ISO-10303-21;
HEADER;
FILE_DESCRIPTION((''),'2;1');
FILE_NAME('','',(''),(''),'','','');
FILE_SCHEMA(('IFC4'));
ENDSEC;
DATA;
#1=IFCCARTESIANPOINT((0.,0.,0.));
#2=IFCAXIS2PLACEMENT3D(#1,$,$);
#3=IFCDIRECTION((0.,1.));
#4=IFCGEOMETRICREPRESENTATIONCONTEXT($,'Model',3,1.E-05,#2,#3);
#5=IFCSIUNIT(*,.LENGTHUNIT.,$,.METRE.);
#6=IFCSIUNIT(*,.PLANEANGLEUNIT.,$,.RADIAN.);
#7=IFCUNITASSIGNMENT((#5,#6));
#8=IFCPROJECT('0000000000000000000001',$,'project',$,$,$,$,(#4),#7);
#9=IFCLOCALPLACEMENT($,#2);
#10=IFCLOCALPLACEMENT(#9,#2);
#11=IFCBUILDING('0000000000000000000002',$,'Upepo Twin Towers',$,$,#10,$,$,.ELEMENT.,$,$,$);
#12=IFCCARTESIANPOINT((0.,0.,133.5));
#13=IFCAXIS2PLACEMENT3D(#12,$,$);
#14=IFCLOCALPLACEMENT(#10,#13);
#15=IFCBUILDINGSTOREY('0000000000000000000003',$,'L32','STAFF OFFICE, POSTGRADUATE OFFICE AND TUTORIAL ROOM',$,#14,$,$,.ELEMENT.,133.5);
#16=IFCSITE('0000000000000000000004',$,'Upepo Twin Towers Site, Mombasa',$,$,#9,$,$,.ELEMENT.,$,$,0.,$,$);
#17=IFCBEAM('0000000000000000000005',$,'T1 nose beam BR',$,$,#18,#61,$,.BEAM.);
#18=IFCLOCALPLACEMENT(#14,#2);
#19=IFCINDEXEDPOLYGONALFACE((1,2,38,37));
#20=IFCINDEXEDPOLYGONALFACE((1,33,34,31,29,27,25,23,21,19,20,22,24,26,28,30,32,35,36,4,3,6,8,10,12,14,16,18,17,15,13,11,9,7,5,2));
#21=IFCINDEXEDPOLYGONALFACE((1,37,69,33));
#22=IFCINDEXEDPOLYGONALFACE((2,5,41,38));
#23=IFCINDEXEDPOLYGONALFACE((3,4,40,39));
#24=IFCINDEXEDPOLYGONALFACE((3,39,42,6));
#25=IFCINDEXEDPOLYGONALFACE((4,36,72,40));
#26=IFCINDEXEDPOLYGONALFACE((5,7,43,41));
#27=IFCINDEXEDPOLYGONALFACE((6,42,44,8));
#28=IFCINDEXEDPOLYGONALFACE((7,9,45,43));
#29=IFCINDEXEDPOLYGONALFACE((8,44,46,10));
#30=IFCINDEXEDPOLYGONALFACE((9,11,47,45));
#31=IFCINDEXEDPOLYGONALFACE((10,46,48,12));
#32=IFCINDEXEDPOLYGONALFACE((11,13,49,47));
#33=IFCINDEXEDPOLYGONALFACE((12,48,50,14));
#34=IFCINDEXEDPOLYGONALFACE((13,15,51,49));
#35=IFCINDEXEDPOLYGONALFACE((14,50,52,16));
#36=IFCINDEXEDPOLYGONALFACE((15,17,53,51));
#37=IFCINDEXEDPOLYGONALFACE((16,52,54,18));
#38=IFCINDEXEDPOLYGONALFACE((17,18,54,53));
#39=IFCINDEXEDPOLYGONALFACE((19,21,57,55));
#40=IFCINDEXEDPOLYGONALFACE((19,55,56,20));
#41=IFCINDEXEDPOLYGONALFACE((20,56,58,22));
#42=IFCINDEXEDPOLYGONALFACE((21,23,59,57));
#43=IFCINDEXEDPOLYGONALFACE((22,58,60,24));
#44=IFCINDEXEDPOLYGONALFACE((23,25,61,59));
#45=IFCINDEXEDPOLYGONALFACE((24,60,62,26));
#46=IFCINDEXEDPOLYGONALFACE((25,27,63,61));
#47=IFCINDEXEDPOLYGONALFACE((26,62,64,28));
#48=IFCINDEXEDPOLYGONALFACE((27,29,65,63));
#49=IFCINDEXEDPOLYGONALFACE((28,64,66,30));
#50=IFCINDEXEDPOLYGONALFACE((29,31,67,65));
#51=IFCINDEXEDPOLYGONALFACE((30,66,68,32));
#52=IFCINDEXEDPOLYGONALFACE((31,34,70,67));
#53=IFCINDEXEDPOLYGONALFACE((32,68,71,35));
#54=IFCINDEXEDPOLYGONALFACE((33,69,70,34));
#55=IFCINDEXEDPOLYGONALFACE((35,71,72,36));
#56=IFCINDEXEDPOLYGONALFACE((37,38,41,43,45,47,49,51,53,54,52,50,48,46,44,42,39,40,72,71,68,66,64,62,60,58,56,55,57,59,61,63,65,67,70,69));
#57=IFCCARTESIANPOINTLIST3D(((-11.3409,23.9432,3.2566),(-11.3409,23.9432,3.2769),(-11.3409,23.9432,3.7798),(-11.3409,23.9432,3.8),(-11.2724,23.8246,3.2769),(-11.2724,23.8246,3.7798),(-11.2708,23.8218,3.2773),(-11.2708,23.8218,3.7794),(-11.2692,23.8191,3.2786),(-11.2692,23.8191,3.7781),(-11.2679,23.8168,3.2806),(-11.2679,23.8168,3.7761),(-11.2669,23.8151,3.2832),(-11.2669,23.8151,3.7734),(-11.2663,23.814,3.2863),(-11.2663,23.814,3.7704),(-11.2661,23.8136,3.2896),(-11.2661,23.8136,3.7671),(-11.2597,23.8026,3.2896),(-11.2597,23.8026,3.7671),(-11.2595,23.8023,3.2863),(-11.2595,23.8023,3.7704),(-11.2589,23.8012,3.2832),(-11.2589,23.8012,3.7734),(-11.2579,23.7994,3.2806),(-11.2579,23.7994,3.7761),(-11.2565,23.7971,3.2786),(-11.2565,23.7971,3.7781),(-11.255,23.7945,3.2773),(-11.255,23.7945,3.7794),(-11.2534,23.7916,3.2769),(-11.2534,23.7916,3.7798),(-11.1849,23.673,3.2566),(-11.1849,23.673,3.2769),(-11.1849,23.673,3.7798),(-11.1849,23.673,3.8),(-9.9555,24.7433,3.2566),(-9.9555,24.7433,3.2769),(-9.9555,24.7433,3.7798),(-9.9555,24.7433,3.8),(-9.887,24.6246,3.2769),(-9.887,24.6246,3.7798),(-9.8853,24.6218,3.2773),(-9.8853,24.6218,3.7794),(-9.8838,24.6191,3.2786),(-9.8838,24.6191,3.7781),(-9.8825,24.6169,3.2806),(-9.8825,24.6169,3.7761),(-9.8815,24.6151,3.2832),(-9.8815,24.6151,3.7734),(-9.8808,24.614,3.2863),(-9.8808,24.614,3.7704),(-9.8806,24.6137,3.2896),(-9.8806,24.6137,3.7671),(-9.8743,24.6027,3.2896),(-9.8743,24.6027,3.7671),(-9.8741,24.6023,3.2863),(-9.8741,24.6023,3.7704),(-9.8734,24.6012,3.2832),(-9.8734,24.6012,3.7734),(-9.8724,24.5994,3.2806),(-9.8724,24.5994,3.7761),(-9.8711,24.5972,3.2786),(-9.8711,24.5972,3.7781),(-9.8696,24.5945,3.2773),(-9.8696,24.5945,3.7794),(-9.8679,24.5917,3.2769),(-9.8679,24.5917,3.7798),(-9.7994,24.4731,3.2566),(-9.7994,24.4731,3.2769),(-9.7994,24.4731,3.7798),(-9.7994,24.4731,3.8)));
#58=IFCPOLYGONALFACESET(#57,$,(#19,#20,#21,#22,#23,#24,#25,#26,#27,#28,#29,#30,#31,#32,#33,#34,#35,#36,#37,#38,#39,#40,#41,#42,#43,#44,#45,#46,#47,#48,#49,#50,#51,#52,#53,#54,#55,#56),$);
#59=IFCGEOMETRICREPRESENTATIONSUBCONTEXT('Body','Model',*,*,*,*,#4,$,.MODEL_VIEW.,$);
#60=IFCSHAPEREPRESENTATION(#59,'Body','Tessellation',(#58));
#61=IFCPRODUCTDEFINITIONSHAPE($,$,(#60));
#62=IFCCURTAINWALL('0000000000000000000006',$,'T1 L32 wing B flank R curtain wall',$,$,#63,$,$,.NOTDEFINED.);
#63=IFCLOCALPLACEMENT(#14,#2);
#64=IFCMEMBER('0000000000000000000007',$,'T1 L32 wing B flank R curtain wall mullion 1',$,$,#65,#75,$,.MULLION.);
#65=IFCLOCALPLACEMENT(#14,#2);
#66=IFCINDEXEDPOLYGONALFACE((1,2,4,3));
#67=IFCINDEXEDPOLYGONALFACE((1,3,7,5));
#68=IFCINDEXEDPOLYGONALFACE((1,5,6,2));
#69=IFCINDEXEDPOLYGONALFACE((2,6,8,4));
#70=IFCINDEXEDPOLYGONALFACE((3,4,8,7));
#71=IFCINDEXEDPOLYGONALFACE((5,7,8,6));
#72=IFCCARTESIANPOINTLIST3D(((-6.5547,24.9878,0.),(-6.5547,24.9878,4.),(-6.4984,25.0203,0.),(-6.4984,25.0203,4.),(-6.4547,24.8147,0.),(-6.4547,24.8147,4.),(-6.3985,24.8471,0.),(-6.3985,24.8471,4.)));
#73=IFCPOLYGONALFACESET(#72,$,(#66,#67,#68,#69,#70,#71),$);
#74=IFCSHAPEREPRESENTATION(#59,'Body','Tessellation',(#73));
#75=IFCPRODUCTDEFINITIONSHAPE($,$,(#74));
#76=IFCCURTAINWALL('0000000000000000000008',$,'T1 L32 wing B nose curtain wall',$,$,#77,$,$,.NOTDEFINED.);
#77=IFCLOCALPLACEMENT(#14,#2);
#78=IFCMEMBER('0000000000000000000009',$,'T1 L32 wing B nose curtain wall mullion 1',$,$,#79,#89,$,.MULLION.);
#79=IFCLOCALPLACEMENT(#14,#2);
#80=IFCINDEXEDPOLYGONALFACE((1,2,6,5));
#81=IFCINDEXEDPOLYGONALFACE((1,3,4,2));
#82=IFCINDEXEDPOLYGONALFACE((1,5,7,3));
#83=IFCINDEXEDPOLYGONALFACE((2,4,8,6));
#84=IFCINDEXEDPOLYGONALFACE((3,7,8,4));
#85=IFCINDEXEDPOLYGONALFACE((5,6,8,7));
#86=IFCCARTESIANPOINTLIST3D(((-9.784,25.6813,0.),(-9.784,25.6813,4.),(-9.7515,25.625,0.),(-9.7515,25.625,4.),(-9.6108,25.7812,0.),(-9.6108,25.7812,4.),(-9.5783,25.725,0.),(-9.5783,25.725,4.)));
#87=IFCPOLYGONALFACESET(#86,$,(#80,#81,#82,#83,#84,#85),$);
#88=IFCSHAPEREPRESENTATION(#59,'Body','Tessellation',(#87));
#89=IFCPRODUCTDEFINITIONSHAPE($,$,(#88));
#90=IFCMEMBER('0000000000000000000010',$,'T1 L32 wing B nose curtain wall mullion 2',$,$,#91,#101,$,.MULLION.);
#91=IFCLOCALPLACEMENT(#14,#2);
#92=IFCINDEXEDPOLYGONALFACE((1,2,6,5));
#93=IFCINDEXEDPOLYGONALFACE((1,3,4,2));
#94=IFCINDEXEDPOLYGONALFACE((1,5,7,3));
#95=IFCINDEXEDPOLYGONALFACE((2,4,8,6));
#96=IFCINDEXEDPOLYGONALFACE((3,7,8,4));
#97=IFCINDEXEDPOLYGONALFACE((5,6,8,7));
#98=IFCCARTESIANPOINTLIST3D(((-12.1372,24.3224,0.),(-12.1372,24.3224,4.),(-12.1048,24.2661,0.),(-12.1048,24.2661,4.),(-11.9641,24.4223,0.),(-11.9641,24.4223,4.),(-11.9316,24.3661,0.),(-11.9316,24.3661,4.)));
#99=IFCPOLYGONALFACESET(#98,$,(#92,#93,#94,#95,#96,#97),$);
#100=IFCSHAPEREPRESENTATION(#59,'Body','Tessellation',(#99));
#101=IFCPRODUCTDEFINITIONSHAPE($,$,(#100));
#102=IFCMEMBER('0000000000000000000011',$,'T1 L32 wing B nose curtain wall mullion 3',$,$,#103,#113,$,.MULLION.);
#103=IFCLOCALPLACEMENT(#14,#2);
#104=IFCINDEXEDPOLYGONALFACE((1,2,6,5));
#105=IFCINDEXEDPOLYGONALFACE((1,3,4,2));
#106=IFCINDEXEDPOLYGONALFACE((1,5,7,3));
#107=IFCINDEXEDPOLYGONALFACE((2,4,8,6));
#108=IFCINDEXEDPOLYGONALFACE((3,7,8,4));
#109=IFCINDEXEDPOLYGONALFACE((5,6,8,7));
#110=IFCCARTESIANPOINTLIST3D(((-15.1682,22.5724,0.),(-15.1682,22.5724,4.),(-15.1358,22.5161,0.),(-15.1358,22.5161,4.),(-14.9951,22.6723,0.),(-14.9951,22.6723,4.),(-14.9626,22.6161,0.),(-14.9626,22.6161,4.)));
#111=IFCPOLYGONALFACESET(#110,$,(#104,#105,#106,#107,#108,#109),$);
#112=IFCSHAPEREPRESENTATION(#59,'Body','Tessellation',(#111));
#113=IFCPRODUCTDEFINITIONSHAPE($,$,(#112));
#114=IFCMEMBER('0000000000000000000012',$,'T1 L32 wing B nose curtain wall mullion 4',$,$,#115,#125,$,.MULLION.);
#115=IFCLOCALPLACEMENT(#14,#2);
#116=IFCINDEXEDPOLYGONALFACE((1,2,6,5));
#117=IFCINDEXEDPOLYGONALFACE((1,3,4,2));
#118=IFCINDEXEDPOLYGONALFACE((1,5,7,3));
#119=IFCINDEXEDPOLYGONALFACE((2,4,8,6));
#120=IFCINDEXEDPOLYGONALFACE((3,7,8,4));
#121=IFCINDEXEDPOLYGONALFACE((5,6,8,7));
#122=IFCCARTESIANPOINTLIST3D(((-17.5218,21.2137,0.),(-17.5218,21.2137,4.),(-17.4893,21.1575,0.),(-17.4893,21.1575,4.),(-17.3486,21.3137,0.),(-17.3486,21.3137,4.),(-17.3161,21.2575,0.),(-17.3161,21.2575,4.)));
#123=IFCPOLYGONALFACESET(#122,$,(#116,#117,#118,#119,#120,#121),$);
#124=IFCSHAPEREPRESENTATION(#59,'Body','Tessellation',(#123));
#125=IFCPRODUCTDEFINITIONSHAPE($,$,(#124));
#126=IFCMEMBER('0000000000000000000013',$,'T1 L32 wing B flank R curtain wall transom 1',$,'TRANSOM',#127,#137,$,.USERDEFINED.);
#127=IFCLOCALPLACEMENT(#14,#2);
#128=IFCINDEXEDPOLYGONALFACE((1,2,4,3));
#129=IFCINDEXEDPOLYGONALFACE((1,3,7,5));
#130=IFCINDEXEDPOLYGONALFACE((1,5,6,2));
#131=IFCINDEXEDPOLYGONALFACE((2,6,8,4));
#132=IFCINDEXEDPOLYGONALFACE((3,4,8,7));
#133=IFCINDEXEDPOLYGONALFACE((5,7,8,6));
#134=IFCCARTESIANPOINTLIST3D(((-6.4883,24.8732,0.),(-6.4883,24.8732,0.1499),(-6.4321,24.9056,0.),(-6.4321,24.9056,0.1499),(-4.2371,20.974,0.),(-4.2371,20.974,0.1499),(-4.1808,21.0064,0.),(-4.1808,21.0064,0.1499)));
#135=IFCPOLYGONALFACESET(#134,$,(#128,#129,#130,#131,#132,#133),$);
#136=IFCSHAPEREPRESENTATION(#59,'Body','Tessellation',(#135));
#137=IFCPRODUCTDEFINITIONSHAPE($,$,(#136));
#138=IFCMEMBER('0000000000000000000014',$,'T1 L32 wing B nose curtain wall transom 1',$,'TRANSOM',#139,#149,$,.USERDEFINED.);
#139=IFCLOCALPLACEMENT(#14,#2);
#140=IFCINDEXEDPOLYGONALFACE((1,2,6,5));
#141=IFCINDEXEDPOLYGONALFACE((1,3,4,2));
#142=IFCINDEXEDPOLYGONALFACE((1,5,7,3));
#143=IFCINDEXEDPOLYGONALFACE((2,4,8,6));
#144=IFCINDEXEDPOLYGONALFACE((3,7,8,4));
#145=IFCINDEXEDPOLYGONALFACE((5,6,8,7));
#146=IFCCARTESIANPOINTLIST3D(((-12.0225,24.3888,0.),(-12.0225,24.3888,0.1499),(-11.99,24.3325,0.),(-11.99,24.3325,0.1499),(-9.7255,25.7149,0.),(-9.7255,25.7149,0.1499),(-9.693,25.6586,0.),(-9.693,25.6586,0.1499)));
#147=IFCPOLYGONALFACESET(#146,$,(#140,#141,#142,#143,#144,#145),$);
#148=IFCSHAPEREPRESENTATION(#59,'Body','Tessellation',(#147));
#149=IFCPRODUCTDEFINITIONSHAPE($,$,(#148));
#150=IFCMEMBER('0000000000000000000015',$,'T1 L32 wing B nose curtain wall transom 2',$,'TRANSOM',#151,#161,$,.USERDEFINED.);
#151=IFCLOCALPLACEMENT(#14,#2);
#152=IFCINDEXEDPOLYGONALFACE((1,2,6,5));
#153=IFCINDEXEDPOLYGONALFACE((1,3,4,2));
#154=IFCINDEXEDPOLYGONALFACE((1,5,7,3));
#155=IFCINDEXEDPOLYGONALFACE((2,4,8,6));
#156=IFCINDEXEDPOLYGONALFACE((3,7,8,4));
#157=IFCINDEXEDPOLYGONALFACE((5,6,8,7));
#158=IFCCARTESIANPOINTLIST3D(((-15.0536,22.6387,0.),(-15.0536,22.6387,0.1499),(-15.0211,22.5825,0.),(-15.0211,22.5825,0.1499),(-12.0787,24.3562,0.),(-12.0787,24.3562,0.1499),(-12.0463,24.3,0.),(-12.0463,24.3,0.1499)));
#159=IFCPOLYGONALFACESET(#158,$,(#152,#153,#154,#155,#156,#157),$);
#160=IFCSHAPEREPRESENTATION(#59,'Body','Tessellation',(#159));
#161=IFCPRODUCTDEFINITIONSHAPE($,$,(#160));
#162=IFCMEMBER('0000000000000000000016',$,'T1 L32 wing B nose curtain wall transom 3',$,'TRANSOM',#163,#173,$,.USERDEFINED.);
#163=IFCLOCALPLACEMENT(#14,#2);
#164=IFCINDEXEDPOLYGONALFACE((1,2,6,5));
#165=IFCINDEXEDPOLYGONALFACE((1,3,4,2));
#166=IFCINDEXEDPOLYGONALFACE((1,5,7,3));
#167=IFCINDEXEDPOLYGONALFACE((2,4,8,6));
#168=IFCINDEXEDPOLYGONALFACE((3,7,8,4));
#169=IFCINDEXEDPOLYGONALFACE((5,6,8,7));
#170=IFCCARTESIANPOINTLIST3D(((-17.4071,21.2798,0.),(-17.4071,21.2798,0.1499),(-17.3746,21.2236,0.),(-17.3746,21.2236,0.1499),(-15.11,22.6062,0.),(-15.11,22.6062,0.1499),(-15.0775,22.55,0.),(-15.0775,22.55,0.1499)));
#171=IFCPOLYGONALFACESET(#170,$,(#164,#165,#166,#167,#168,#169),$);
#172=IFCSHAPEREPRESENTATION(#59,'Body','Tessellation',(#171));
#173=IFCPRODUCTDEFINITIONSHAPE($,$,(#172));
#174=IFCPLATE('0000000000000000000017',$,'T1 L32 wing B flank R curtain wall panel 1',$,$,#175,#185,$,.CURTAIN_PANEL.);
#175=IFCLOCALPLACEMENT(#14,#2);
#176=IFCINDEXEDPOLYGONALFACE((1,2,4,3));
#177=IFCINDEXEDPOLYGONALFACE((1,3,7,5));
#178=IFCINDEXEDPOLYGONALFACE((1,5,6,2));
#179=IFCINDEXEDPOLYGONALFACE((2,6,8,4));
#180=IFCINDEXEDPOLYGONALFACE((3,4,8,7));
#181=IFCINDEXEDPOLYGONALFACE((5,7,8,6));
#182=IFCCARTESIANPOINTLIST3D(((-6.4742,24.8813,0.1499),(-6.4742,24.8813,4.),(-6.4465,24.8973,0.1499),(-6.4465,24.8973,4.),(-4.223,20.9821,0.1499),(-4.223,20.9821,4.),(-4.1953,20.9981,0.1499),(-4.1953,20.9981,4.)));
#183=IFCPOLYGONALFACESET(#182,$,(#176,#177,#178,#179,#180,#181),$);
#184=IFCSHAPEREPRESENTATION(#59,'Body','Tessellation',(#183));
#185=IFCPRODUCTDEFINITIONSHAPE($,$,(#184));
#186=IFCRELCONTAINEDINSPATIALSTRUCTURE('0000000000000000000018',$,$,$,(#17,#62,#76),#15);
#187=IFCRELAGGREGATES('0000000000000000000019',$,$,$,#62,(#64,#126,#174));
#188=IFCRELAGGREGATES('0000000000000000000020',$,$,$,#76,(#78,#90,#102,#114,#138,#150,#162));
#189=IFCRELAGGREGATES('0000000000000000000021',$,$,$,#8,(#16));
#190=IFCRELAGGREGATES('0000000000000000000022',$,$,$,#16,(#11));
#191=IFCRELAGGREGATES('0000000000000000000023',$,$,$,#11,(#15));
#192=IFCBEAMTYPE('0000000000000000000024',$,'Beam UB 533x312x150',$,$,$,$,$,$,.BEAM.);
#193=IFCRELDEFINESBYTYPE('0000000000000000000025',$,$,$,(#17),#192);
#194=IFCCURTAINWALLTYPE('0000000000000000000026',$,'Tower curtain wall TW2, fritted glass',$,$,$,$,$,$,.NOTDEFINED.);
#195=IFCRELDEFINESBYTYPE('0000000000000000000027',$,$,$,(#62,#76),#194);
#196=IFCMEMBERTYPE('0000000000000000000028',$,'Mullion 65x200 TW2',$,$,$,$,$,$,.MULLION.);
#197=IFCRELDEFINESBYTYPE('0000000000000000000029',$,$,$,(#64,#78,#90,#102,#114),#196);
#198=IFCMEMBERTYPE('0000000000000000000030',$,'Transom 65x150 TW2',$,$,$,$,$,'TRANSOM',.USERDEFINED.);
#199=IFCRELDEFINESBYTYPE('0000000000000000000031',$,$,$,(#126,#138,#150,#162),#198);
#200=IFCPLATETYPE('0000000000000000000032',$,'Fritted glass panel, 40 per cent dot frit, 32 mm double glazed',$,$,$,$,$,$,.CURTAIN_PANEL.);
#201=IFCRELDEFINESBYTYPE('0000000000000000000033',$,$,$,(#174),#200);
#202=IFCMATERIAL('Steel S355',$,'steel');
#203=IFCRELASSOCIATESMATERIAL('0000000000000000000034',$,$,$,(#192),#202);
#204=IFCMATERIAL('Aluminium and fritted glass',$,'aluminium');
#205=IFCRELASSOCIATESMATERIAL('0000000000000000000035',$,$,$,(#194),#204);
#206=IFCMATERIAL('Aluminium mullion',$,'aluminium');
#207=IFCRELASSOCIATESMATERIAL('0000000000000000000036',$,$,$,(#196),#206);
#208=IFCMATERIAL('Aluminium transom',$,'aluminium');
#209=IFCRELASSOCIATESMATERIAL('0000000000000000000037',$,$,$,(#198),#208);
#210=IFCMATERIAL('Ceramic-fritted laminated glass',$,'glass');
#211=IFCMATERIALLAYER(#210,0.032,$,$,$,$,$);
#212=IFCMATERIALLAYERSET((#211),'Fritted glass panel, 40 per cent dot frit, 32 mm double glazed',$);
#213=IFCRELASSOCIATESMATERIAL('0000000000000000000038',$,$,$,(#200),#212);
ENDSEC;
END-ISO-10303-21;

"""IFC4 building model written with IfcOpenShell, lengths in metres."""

from ifc_helpers import new_model, si_unit, direction, frame, origin, origin_2d, place, context, subcontext, project, spatial, rectangle, i_section, extrude, material, layer, layer_set, material_profile, profile_set, type_object, element, aggregate, save


model = new_model("IFC4")

# Units and contexts
model_context = context("Model", 3, precision=1e-05, world=origin(), true_north=direction((0.0, 1.0)))
body_context = subcontext(model_context, "Body", "Model", "MODEL_VIEW")
ifc_project = project(units=[si_unit("LENGTHUNIT", "METRE"), si_unit("PLANEANGLEUNIT", "RADIAN")], contexts=[model_context])

# Site, building, storey
site_placement = place(None, origin())
site = spatial("IfcSite", under=ifc_project, at=site_placement, Name="Upepo Twin Towers Site, Mombasa", CompositionType="ELEMENT", RefElevation=0.0)
building_placement = place(site_placement, origin())
building = spatial("IfcBuilding", under=site, at=building_placement, Name="Upepo Twin Towers", CompositionType="ELEMENT")
storey_placement = place(building_placement, frame((0.0, 0.0, 133.5)))
storey = spatial("IfcBuildingStorey", under=building, at=storey_placement, Name="L32", Description="STAFF OFFICE, POSTGRADUATE OFFICE AND TUTORIAL ROOM", CompositionType="ELEMENT", Elevation=133.5)

# Beam
ifc_material_1 = material(Name="Steel S355", Category="steel")
ifc_material_profile_1 = material_profile(ifc_material_1, i_section(OverallWidth=0.312, OverallDepth=0.5435, WebThickness=0.0127, FlangeThickness=0.0203, FilletRadius=0.0127, at=origin_2d()), Name="UB 533x312x150")
ifc_profile_set_1 = profile_set([ifc_material_profile_1], Name="Steel S355")
beam_type_1 = type_object("IfcBeamType", Name="Beam UB 533x312x150", PredefinedType="BEAM", material=ifc_profile_set_1)
for number, where, z_axis, x_axis, name in (
    (1, (-9.8774, 24.6082, 3.5283), (-0.86599, -0.500061, 0.0), (0.500061, -0.86599, 0.0), "T1 nose beam BR"),
):
    element("IfcBeam", number, at=place(storey_placement, frame(where, z_axis=z_axis, x_axis=x_axis)), inside=storey, type_object=beam_type_1, Name=name, PredefinedType="BEAM", context=body_context, shape_type="SweptSolid", body=[
        extrude(i_section(OverallWidth=0.312, OverallDepth=0.5435, WebThickness=0.0127, FlangeThickness=0.0203, FilletRadius=0.0127, at=origin_2d()), origin(), (0.0, 0.0, 1.0), 1.5999),
    ])

# Curtain wall, member
ifc_material_2 = material(Name="Aluminium and fritted glass", Category="aluminium")
curtain_wall_type = type_object("IfcCurtainWallType", Name="Tower curtain wall TW2, fritted glass", PredefinedType="NOTDEFINED", material=ifc_material_2)
curtain_wall_1_placement = place(storey_placement, origin())
curtain_wall_1 = element("IfcCurtainWall", 2, at=curtain_wall_1_placement, inside=storey, type_object=curtain_wall_type, Name="T1 L32 wing B flank R curtain wall", PredefinedType="NOTDEFINED")
ifc_material_3 = material(Name="Aluminium mullion", Category="aluminium")
ifc_material_profile_2 = material_profile(ifc_material_3, rectangle(XDim=0.0649, YDim=0.2, at=origin_2d()), Name="MULLION 65x200")
ifc_profile_set_2 = profile_set([ifc_material_profile_2], Name="Aluminium mullion")
member_type_1 = type_object("IfcMemberType", Name="Mullion 65x200 TW2", PredefinedType="MULLION", material=ifc_profile_set_2)
member_1_placement = place(storey_placement, frame((-6.4766, 24.9175, 0.0), z_axis=(0.0, 0.0, 1.0), x_axis=(0.866025, 0.5, 0.0)))
member_1 = element("IfcMember", 3, at=member_1_placement, type_object=member_type_1, Name="T1 L32 wing B flank R curtain wall mullion 1", PredefinedType="MULLION", context=body_context, shape_type="SweptSolid", body=[
    extrude(rectangle(XDim=0.0649, YDim=0.2, at=origin_2d()), origin(), (0.0, 0.0, 1.0), 4.0),
])

# Curtain wall, members
curtain_wall_2_placement = place(storey_placement, origin())
curtain_wall_2 = element("IfcCurtainWall", 4, at=curtain_wall_2_placement, inside=storey, type_object=curtain_wall_type, Name="T1 L32 wing B nose curtain wall", PredefinedType="NOTDEFINED")
member_2_placement = place(storey_placement, frame((-9.6812, 25.7031, 0.0), z_axis=(0.0, 0.0, 1.0), x_axis=(0.5, -0.866025, 0.0)))
member_2 = element("IfcMember", 5, at=member_2_placement, type_object=member_type_1, Name="T1 L32 wing B nose curtain wall mullion 1", PredefinedType="MULLION", context=body_context, shape_type="SweptSolid", body=[
    extrude(rectangle(XDim=0.0649, YDim=0.2, at=origin_2d()), origin(), (0.0, 0.0, 1.0), 4.0),
])
member_3_placement = place(storey_placement, frame((-12.0344, 24.3442, 0.0), z_axis=(0.0, 0.0, 1.0), x_axis=(0.5, -0.866025, 0.0)))
member_3 = element("IfcMember", 6, at=member_3_placement, type_object=member_type_1, Name="T1 L32 wing B nose curtain wall mullion 2", PredefinedType="MULLION", context=body_context, shape_type="SweptSolid", body=[
    extrude(rectangle(XDim=0.0649, YDim=0.2, at=origin_2d()), origin(), (0.0, 0.0, 1.0), 4.0),
])
member_4_placement = place(storey_placement, frame((-15.0654, 22.5942, 0.0), z_axis=(0.0, 0.0, 1.0), x_axis=(0.5, -0.866025, 0.0)))
member_4 = element("IfcMember", 7, at=member_4_placement, type_object=member_type_1, Name="T1 L32 wing B nose curtain wall mullion 3", PredefinedType="MULLION", context=body_context, shape_type="SweptSolid", body=[
    extrude(rectangle(XDim=0.0649, YDim=0.2, at=origin_2d()), origin(), (0.0, 0.0, 1.0), 4.0),
])
member_5_placement = place(storey_placement, frame((-17.4189, 21.2356, 0.0), z_axis=(0.0, 0.0, 1.0), x_axis=(0.5, -0.866025, 0.0)))
member_5 = element("IfcMember", 8, at=member_5_placement, type_object=member_type_1, Name="T1 L32 wing B nose curtain wall mullion 4", PredefinedType="MULLION", context=body_context, shape_type="SweptSolid", body=[
    extrude(rectangle(XDim=0.0649, YDim=0.2, at=origin_2d()), origin(), (0.0, 0.0, 1.0), 4.0),
])

# Members
ifc_material_4 = material(Name="Aluminium transom", Category="aluminium")
ifc_material_profile_3 = material_profile(ifc_material_4, rectangle(XDim=0.0649, YDim=0.1499, at=origin_2d()), Name="TRANSOM 65x150")
ifc_profile_set_3 = profile_set([ifc_material_profile_3], Name="Aluminium transom")
member_type_2 = type_object("IfcMemberType", Name="Transom 65x150 TW2", ElementType="TRANSOM", PredefinedType="USERDEFINED", material=ifc_profile_set_3)
member_6_placement = place(storey_placement, frame((-6.4602, 24.8894, 0.075), z_axis=(0.500006, -0.866022, 0.0), x_axis=(0.866022, 0.500006, 0.0)))
member_6 = element("IfcMember", 9, at=member_6_placement, type_object=member_type_2, Name="T1 L32 wing B flank R curtain wall transom 1", ObjectType="TRANSOM", PredefinedType="USERDEFINED", context=body_context, shape_type="SweptSolid", body=[
    extrude(rectangle(XDim=0.0649, YDim=0.1499, at=origin_2d()), origin(), (0.0, 0.0, 1.0), 4.5024),
])
member_7_placement = place(storey_placement, frame((-9.7092, 25.6868, 0.075), z_axis=(-0.866037, -0.49998, 0.0), x_axis=(0.49998, -0.866037, 0.0)))
member_7 = element("IfcMember", 10, at=member_7_placement, type_object=member_type_2, Name="T1 L32 wing B nose curtain wall transom 1", ObjectType="TRANSOM", PredefinedType="USERDEFINED", context=body_context, shape_type="SweptSolid", body=[
    extrude(rectangle(XDim=0.0649, YDim=0.1499, at=origin_2d()), origin(), (0.0, 0.0, 1.0), 2.6523),
])
member_8_placement = place(storey_placement, frame((-12.0625, 24.3281, 0.075), z_axis=(-0.866026, -0.499999, 0.0), x_axis=(0.499999, -0.866026, 0.0)))
member_8 = element("IfcMember", 11, at=member_8_placement, type_object=member_type_2, Name="T1 L32 wing B nose curtain wall transom 2", ObjectType="TRANSOM", PredefinedType="USERDEFINED", context=body_context, shape_type="SweptSolid", body=[
    extrude(rectangle(XDim=0.0649, YDim=0.1499, at=origin_2d()), origin(), (0.0, 0.0, 1.0), 3.4351),
])
member_9_placement = place(storey_placement, frame((-15.0938, 22.5781, 0.075), z_axis=(-0.865997, -0.500049, 0.0), x_axis=(0.500049, -0.865997, 0.0)))
member_9 = element("IfcMember", 12, at=member_9_placement, type_object=member_type_2, Name="T1 L32 wing B nose curtain wall transom 3", ObjectType="TRANSOM", PredefinedType="USERDEFINED", context=body_context, shape_type="SweptSolid", body=[
    extrude(rectangle(XDim=0.0649, YDim=0.1499, at=origin_2d()), origin(), (0.0, 0.0, 1.0), 2.6526),
])

# Plate
ifc_material_5 = material(Name="Ceramic-fritted laminated glass", Category="glass")
ifc_layer_1 = layer(ifc_material_5, 0.032)
ifc_layer_set_1 = layer_set([ifc_layer_1], Name="Fritted glass panel, 40 per cent dot frit, 32 mm double glazed")
plate_type_1 = type_object("IfcPlateType", Name="Fritted glass panel, 40 per cent dot frit, 32 mm double glazed", PredefinedType="CURTAIN_PANEL", material=ifc_layer_set_1)
plate_1_placement = place(storey_placement, frame((-5.3347, 22.9397, 0.1499), z_axis=(0.0, 0.0, 1.0), x_axis=(0.5, -0.866025, 0.0)))
plate_1 = element("IfcPlate", 13, at=plate_1_placement, type_object=plate_type_1, Name="T1 L32 wing B flank R curtain wall panel 1", PredefinedType="CURTAIN_PANEL", context=body_context, shape_type="SweptSolid", body=[
    extrude(rectangle(XDim=4.5024, YDim=0.032, at=origin_2d()), origin(), (0.0, 0.0, 1.0), 3.8501),
])
aggregate(curtain_wall_1, [member_1, member_6, plate_1])
aggregate(curtain_wall_2, [member_2, member_3, member_4, member_5, member_7, member_8, member_9])

save(model, "model.ifc")
